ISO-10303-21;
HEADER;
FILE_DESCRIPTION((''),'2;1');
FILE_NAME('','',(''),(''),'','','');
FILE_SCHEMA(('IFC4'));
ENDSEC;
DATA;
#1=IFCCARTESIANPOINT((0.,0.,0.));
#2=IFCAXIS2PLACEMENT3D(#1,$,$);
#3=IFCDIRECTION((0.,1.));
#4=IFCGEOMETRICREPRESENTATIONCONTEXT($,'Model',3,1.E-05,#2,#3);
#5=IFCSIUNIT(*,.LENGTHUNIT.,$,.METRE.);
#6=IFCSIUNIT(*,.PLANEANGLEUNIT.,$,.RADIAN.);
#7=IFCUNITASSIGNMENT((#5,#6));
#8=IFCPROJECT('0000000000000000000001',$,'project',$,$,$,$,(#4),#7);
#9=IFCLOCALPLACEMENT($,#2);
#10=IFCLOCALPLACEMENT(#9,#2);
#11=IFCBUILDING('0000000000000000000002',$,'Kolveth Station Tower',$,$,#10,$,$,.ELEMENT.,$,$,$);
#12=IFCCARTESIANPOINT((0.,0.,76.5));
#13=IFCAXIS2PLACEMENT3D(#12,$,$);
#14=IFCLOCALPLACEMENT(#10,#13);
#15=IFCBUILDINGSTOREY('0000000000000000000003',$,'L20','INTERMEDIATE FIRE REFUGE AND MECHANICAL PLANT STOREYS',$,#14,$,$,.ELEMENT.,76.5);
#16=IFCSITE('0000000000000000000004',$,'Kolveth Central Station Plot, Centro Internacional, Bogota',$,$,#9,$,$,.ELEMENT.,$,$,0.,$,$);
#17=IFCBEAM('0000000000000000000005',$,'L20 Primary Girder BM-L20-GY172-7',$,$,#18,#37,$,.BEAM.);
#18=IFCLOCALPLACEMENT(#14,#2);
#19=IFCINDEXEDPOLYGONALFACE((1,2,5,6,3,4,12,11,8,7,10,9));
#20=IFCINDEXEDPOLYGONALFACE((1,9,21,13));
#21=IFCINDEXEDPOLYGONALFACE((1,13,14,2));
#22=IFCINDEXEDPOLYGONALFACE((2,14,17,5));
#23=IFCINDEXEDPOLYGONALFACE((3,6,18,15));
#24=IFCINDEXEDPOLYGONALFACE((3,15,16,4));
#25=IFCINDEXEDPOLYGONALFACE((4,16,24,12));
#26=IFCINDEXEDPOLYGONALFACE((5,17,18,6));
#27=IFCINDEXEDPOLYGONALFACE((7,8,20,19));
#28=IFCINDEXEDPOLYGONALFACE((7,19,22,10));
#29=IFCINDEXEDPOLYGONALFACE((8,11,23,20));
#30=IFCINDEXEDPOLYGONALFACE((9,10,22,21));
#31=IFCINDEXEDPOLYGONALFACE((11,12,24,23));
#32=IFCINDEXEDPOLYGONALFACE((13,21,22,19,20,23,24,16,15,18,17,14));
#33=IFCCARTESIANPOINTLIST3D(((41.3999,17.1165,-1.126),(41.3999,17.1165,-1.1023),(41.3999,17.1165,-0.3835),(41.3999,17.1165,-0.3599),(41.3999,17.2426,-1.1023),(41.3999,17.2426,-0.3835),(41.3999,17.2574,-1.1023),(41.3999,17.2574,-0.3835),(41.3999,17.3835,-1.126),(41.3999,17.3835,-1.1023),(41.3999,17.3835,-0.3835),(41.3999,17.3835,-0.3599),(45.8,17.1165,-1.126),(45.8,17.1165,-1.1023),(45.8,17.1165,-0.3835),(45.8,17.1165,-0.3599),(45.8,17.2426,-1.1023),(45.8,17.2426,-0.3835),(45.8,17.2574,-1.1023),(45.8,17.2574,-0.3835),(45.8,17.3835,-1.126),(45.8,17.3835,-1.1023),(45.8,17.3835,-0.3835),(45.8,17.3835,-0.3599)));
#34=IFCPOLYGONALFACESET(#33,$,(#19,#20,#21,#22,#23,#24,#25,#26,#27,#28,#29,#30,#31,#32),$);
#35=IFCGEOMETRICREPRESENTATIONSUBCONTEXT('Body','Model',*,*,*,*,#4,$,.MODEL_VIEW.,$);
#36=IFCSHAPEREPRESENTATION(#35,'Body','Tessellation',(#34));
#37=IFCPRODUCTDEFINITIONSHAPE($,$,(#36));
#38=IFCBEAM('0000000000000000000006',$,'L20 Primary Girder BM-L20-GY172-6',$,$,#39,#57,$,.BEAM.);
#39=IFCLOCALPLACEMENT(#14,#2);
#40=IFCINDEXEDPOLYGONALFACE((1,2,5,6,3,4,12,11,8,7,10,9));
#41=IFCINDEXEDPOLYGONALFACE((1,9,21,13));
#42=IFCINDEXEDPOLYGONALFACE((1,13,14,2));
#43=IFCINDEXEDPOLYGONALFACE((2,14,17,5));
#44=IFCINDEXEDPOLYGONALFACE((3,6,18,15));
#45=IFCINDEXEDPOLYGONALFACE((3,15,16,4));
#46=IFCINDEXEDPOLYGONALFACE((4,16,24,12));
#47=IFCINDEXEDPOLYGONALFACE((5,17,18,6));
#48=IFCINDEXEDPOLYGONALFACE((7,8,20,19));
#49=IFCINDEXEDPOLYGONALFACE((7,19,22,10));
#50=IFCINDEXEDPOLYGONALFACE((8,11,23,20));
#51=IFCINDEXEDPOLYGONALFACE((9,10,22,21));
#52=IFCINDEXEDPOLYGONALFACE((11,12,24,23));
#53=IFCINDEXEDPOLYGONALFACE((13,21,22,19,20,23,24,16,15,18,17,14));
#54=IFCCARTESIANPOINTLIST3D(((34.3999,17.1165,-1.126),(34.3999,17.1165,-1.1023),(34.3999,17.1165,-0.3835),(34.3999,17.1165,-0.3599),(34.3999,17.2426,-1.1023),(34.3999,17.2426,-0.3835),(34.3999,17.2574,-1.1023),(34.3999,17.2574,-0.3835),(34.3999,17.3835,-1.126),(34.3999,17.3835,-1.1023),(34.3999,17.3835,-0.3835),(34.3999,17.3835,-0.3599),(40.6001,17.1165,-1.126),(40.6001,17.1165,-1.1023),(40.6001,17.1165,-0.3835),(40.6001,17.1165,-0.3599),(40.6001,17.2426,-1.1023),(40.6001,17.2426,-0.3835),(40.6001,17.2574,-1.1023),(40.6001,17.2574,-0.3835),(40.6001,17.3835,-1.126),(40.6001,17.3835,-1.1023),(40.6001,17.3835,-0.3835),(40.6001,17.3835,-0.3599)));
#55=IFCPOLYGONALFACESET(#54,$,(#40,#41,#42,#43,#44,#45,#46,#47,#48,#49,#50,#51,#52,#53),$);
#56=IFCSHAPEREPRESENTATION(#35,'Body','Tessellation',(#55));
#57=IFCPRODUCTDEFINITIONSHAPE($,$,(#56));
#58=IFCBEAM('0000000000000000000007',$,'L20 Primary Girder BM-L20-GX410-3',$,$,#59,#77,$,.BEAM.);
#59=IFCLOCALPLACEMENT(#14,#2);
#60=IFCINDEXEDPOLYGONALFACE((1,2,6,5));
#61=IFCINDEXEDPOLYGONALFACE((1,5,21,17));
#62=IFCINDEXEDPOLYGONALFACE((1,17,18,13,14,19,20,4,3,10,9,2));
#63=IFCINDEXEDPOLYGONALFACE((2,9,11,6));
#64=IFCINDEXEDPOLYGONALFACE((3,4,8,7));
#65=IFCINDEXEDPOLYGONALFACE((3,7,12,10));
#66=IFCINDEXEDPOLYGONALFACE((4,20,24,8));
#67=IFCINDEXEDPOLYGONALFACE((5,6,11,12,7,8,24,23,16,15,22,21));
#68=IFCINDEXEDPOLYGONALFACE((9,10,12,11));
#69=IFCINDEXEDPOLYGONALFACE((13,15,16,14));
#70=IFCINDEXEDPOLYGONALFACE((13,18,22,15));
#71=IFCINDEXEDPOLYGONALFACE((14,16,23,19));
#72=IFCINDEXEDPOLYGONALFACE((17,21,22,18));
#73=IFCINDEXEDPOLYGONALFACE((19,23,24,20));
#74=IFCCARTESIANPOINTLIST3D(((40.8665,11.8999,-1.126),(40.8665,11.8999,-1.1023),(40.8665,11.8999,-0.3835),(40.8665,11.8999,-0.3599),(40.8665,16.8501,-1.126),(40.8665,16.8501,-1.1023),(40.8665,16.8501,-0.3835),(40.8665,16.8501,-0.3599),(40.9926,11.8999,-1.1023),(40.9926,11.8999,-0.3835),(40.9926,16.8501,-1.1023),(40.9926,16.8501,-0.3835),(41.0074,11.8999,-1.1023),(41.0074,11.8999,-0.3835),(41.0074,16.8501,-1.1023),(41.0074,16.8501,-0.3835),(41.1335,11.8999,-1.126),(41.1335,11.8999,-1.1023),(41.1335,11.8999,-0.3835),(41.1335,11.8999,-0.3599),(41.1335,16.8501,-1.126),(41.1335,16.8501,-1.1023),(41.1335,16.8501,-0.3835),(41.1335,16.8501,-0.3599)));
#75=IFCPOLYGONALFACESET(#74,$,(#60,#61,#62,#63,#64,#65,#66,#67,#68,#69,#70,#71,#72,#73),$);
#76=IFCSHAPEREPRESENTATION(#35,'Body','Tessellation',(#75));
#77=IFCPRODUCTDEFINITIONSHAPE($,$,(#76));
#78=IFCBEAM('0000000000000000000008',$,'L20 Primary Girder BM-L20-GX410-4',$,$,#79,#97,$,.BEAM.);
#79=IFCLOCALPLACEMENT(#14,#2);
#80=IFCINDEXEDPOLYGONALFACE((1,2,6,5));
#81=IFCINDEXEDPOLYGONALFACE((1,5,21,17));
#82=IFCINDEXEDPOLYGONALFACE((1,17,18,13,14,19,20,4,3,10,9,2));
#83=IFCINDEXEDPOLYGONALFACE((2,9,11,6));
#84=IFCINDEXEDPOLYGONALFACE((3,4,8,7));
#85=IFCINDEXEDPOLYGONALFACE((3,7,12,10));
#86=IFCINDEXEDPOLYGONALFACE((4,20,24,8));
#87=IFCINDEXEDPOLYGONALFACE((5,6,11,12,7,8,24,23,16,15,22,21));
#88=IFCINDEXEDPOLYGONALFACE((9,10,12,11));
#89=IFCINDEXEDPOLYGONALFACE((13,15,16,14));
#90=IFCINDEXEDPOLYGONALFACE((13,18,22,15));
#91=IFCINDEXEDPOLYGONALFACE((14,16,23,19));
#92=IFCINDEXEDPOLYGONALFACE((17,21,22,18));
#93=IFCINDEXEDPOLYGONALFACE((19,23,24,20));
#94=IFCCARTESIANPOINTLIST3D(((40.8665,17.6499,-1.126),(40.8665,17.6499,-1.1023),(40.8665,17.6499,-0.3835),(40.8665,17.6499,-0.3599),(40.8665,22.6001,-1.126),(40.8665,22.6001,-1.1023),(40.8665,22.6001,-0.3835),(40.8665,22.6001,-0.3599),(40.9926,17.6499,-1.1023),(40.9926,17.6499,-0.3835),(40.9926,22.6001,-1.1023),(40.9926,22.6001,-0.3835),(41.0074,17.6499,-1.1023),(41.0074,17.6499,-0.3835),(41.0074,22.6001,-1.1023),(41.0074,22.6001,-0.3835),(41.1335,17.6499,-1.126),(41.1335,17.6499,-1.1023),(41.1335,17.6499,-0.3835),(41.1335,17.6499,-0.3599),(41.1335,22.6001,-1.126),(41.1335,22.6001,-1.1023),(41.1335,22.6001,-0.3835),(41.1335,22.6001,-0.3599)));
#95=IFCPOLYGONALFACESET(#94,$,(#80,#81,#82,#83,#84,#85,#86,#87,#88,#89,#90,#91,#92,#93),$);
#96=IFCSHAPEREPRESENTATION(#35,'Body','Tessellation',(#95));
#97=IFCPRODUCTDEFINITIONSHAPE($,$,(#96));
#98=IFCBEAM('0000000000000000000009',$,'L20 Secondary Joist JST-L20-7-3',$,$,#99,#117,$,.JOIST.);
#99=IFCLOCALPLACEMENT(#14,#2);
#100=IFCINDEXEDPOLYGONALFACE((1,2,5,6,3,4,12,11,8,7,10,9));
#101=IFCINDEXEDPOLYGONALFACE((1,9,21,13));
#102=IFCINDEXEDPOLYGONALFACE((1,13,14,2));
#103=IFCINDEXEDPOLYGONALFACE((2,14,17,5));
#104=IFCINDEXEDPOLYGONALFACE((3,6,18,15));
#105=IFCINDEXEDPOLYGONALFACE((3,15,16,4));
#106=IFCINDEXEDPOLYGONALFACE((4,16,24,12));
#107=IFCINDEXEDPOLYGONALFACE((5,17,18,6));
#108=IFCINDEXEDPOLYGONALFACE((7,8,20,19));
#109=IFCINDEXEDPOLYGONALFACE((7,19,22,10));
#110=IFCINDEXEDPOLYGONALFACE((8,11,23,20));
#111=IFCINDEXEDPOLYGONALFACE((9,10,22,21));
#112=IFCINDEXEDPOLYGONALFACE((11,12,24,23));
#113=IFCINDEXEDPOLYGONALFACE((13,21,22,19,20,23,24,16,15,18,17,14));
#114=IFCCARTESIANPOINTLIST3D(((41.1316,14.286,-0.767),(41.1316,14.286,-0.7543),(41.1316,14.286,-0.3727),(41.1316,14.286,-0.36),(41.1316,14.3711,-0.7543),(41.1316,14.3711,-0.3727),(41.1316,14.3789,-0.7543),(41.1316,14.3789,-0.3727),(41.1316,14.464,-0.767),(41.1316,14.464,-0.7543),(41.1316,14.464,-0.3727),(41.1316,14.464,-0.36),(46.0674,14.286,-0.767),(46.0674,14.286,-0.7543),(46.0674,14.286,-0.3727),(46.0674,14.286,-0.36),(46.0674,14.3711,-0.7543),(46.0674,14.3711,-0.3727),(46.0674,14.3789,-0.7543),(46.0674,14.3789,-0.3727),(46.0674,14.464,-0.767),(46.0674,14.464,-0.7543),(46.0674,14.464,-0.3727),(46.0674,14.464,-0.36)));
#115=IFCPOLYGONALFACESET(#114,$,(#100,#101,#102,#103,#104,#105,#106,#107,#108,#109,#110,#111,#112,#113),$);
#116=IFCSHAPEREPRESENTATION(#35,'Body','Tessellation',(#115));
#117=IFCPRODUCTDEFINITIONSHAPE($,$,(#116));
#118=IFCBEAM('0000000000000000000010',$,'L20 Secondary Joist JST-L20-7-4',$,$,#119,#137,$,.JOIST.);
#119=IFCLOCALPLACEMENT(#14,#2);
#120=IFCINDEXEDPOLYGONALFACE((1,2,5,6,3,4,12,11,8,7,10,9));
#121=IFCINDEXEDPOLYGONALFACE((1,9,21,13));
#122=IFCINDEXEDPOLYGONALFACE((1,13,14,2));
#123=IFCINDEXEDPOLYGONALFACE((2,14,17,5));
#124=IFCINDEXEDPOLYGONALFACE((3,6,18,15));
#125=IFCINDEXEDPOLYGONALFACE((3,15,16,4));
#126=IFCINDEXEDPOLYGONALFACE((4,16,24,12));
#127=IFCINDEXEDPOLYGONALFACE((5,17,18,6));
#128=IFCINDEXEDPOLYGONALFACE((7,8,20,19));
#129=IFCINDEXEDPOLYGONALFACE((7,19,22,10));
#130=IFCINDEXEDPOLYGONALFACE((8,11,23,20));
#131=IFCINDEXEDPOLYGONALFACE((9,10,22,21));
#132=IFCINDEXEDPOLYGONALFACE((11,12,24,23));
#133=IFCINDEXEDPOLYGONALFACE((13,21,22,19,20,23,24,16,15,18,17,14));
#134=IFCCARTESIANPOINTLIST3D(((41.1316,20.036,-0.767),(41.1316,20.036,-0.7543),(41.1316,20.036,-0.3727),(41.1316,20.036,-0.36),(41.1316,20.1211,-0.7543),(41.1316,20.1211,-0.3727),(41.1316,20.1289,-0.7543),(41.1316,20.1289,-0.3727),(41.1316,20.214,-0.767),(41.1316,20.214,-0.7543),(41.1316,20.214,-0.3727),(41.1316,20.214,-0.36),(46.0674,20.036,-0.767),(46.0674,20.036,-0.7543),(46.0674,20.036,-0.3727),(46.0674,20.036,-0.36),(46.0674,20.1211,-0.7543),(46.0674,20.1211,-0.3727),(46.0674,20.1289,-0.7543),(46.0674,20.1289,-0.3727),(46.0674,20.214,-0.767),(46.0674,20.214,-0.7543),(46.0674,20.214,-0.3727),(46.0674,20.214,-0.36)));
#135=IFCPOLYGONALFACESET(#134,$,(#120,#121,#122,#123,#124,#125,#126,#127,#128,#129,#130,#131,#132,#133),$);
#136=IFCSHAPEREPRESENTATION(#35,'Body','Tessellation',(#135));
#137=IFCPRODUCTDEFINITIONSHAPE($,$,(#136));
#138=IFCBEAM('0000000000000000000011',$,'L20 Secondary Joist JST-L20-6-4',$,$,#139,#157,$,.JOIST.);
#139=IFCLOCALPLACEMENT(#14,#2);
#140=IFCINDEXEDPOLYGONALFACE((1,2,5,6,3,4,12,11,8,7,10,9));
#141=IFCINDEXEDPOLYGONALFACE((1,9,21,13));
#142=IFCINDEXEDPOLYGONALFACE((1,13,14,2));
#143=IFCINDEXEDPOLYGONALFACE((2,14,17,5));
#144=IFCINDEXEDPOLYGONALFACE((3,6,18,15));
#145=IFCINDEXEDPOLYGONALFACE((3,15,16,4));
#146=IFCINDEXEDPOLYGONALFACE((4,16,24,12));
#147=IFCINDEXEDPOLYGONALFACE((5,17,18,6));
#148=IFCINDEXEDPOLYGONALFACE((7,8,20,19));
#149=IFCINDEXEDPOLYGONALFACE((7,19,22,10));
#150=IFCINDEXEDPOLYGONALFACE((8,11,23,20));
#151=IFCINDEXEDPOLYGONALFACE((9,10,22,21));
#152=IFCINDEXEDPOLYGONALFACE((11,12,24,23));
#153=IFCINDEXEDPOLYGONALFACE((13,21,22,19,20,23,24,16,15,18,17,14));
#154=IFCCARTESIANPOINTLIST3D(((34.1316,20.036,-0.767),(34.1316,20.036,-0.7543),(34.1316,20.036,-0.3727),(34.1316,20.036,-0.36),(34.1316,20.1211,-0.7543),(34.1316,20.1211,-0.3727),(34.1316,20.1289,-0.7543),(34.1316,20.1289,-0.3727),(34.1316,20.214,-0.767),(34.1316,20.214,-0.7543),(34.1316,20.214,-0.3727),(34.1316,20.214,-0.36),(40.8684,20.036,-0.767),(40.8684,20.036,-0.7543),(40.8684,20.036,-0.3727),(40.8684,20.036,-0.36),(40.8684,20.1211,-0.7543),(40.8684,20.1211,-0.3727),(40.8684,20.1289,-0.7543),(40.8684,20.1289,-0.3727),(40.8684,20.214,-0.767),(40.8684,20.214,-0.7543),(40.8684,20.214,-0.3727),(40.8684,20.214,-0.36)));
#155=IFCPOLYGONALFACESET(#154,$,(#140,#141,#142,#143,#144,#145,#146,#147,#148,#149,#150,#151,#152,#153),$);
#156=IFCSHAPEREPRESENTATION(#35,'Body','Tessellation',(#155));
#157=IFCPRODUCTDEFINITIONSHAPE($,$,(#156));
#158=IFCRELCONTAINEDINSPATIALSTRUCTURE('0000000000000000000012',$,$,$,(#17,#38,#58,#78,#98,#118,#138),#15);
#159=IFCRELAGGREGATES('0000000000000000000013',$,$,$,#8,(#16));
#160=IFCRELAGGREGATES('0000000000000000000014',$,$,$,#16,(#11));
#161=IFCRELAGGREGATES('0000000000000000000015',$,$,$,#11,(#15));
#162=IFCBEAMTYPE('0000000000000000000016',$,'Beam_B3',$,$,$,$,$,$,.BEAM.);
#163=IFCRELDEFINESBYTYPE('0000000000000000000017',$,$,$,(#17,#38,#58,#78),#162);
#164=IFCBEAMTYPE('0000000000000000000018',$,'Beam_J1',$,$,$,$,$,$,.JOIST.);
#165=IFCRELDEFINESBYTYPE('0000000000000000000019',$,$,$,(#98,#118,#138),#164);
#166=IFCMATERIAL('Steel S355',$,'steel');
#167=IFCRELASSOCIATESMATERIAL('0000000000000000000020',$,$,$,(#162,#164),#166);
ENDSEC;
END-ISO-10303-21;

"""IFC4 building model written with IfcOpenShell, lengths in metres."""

from ifc_helpers import new_model, si_unit, direction, frame, origin, origin_2d, place, context, subcontext, project, spatial, i_section, extrude, source, transform, mapped, material, material_profile, profile_set, type_object, element, save


model = new_model("IFC4")

# Units and contexts
model_context = context("Model", 3, precision=1e-05, world=origin(), true_north=direction((0.0, 1.0)))
body_context = subcontext(model_context, "Body", "Model", "MODEL_VIEW")
ifc_project = project(units=[si_unit("LENGTHUNIT", "METRE"), si_unit("PLANEANGLEUNIT", "RADIAN")], contexts=[model_context])

# Site, building, storey
site_placement = place(None, origin())
site = spatial("IfcSite", under=ifc_project, at=site_placement, Name="Kolveth Central Station Plot, Centro Internacional, Bogota", CompositionType="ELEMENT", RefElevation=0.0)
building_placement = place(site_placement, origin())
building = spatial("IfcBuilding", under=site, at=building_placement, Name="Kolveth Station Tower", CompositionType="ELEMENT")
storey_placement = place(building_placement, frame((0.0, 0.0, 76.5)))
storey = spatial("IfcBuildingStorey", under=building, at=storey_placement, Name="L20", Description="INTERMEDIATE FIRE REFUGE AND MECHANICAL PLANT STOREYS", CompositionType="ELEMENT", Elevation=76.5)

# Shared definitions
ifc_material_1 = material(Name="Steel S355", Category="steel")

# Beams
ifc_material_profile_1 = material_profile(ifc_material_1, i_section(OverallWidth=0.2671, OverallDepth=0.7661, WebThickness=0.0149, FlangeThickness=0.0237, at=origin_2d()), Name="W760x185")
ifc_profile_set_1 = profile_set([ifc_material_profile_1], Name="Steel S355")
beam_type_1 = type_object("IfcBeamType", Name="Beam_B3", PredefinedType="BEAM", material=ifc_profile_set_1)
shared_shape_1 = source(origin(), body_context, "Body", "SweptSolid", [
    extrude(i_section(OverallWidth=0.2671, OverallDepth=0.7661, WebThickness=0.0149, FlangeThickness=0.0237, at=origin_2d()), origin(), (0.0, 0.0, 1.0), 4.4001),
])
for number, where, z_axis, x_axis, name in (
    (1, (41.3999, 17.25, -0.7429), (1.0, 0.0, 0.0), (0.0, 1.0, 0.0), "L20 Primary Girder BM-L20-GY172-7"),
):
    element("IfcBeam", number, at=place(storey_placement, frame(where, z_axis=z_axis, x_axis=x_axis)), inside=storey, type_object=beam_type_1, Name=name, PredefinedType="BEAM", context=body_context, shape_type="MappedRepresentation", body=[
        mapped(shared_shape_1, transform((0.0, 0.0, 0.0), x_axis=(1.0, 0.0, 0.0), y_axis=(0.0, 1.0, 0.0), z_axis=(0.0, 0.0, 1.0), scale=1.0)),
    ])
shared_shape_2 = source(origin(), body_context, "Body", "SweptSolid", [
    extrude(i_section(OverallWidth=0.2671, OverallDepth=0.7661, WebThickness=0.0149, FlangeThickness=0.0237, at=origin_2d()), origin(), (0.0, 0.0, 1.0), 6.2002),
])
beam_1_placement = place(storey_placement, frame((34.3999, 17.25, -0.7429), z_axis=(1.0, 0.0, 0.0), x_axis=(0.0, 1.0, 0.0)))
element("IfcBeam", 2, at=beam_1_placement, inside=storey, type_object=beam_type_1, Name="L20 Primary Girder BM-L20-GY172-6", PredefinedType="BEAM", context=body_context, shape_type="MappedRepresentation", body=[
    mapped(shared_shape_2, transform((0.0, 0.0, 0.0), x_axis=(1.0, 0.0, 0.0), y_axis=(0.0, 1.0, 0.0), z_axis=(0.0, 0.0, 1.0), scale=1.0)),
])
shared_shape_3 = source(origin(), body_context, "Body", "SweptSolid", [
    extrude(i_section(OverallWidth=0.2671, OverallDepth=0.7661, WebThickness=0.0149, FlangeThickness=0.0237, at=origin_2d()), origin(), (0.0, 0.0, 1.0), 4.9502),
])
for number, where, z_axis, x_axis, name in (
    (3, (41.0, 11.8999, -0.7429), (0.0, 1.0, 0.0), (-1.0, 0.0, 0.0), "L20 Primary Girder BM-L20-GX410-3"),
    (4, (41.0, 17.6499, -0.7429), (0.0, 1.0, 0.0), (-1.0, 0.0, 0.0), "L20 Primary Girder BM-L20-GX410-4"),
):
    element("IfcBeam", number, at=place(storey_placement, frame(where, z_axis=z_axis, x_axis=x_axis)), inside=storey, type_object=beam_type_1, Name=name, PredefinedType="BEAM", context=body_context, shape_type="MappedRepresentation", body=[
        mapped(shared_shape_3, transform((0.0, 0.0, 0.0), x_axis=(1.0, 0.0, 0.0), y_axis=(0.0, 1.0, 0.0), z_axis=(0.0, 0.0, 1.0), scale=1.0)),
    ])
ifc_material_profile_2 = material_profile(ifc_material_1, i_section(OverallWidth=0.178, OverallDepth=0.407, WebThickness=0.0078, FlangeThickness=0.0127, at=origin_2d()), Name="W410x60")
ifc_profile_set_2 = profile_set([ifc_material_profile_2], Name="Steel S355")
beam_type_2 = type_object("IfcBeamType", Name="Beam_J1", PredefinedType="JOIST", material=ifc_profile_set_2)
shared_shape_4 = source(origin(), body_context, "Body", "SweptSolid", [
    extrude(i_section(OverallWidth=0.178, OverallDepth=0.407, WebThickness=0.0078, FlangeThickness=0.0127, at=origin_2d()), origin(), (0.0, 0.0, 1.0), 4.9358),
])
for number, where, z_axis, x_axis, name in (
    (5, (41.1316, 14.375, -0.5635), (1.0, 0.0, 0.0), (0.0, 1.0, 0.0), "L20 Secondary Joist JST-L20-7-3"),
    (6, (41.1316, 20.125, -0.5635), (1.0, 0.0, 0.0), (0.0, 1.0, 0.0), "L20 Secondary Joist JST-L20-7-4"),
):
    element("IfcBeam", number, at=place(storey_placement, frame(where, z_axis=z_axis, x_axis=x_axis)), inside=storey, type_object=beam_type_2, Name=name, PredefinedType="JOIST", context=body_context, shape_type="MappedRepresentation", body=[
        mapped(shared_shape_4, transform((0.0, 0.0, 0.0), x_axis=(1.0, 0.0, 0.0), y_axis=(0.0, 1.0, 0.0), z_axis=(0.0, 0.0, 1.0), scale=1.0)),
    ])
shared_shape_5 = source(origin(), body_context, "Body", "SweptSolid", [
    extrude(i_section(OverallWidth=0.178, OverallDepth=0.407, WebThickness=0.0078, FlangeThickness=0.0127, at=origin_2d()), origin(), (0.0, 0.0, 1.0), 6.7368),
])
beam_2_placement = place(storey_placement, frame((34.1316, 20.125, -0.5635), z_axis=(1.0, 0.0, 0.0), x_axis=(0.0, 1.0, 0.0)))
element("IfcBeam", 7, at=beam_2_placement, inside=storey, type_object=beam_type_2, Name="L20 Secondary Joist JST-L20-6-4", PredefinedType="JOIST", context=body_context, shape_type="MappedRepresentation", body=[
    mapped(shared_shape_5, transform((0.0, 0.0, 0.0), x_axis=(1.0, 0.0, 0.0), y_axis=(0.0, 1.0, 0.0), z_axis=(0.0, 0.0, 1.0), scale=1.0)),
])

save(model, "model.ifc")
